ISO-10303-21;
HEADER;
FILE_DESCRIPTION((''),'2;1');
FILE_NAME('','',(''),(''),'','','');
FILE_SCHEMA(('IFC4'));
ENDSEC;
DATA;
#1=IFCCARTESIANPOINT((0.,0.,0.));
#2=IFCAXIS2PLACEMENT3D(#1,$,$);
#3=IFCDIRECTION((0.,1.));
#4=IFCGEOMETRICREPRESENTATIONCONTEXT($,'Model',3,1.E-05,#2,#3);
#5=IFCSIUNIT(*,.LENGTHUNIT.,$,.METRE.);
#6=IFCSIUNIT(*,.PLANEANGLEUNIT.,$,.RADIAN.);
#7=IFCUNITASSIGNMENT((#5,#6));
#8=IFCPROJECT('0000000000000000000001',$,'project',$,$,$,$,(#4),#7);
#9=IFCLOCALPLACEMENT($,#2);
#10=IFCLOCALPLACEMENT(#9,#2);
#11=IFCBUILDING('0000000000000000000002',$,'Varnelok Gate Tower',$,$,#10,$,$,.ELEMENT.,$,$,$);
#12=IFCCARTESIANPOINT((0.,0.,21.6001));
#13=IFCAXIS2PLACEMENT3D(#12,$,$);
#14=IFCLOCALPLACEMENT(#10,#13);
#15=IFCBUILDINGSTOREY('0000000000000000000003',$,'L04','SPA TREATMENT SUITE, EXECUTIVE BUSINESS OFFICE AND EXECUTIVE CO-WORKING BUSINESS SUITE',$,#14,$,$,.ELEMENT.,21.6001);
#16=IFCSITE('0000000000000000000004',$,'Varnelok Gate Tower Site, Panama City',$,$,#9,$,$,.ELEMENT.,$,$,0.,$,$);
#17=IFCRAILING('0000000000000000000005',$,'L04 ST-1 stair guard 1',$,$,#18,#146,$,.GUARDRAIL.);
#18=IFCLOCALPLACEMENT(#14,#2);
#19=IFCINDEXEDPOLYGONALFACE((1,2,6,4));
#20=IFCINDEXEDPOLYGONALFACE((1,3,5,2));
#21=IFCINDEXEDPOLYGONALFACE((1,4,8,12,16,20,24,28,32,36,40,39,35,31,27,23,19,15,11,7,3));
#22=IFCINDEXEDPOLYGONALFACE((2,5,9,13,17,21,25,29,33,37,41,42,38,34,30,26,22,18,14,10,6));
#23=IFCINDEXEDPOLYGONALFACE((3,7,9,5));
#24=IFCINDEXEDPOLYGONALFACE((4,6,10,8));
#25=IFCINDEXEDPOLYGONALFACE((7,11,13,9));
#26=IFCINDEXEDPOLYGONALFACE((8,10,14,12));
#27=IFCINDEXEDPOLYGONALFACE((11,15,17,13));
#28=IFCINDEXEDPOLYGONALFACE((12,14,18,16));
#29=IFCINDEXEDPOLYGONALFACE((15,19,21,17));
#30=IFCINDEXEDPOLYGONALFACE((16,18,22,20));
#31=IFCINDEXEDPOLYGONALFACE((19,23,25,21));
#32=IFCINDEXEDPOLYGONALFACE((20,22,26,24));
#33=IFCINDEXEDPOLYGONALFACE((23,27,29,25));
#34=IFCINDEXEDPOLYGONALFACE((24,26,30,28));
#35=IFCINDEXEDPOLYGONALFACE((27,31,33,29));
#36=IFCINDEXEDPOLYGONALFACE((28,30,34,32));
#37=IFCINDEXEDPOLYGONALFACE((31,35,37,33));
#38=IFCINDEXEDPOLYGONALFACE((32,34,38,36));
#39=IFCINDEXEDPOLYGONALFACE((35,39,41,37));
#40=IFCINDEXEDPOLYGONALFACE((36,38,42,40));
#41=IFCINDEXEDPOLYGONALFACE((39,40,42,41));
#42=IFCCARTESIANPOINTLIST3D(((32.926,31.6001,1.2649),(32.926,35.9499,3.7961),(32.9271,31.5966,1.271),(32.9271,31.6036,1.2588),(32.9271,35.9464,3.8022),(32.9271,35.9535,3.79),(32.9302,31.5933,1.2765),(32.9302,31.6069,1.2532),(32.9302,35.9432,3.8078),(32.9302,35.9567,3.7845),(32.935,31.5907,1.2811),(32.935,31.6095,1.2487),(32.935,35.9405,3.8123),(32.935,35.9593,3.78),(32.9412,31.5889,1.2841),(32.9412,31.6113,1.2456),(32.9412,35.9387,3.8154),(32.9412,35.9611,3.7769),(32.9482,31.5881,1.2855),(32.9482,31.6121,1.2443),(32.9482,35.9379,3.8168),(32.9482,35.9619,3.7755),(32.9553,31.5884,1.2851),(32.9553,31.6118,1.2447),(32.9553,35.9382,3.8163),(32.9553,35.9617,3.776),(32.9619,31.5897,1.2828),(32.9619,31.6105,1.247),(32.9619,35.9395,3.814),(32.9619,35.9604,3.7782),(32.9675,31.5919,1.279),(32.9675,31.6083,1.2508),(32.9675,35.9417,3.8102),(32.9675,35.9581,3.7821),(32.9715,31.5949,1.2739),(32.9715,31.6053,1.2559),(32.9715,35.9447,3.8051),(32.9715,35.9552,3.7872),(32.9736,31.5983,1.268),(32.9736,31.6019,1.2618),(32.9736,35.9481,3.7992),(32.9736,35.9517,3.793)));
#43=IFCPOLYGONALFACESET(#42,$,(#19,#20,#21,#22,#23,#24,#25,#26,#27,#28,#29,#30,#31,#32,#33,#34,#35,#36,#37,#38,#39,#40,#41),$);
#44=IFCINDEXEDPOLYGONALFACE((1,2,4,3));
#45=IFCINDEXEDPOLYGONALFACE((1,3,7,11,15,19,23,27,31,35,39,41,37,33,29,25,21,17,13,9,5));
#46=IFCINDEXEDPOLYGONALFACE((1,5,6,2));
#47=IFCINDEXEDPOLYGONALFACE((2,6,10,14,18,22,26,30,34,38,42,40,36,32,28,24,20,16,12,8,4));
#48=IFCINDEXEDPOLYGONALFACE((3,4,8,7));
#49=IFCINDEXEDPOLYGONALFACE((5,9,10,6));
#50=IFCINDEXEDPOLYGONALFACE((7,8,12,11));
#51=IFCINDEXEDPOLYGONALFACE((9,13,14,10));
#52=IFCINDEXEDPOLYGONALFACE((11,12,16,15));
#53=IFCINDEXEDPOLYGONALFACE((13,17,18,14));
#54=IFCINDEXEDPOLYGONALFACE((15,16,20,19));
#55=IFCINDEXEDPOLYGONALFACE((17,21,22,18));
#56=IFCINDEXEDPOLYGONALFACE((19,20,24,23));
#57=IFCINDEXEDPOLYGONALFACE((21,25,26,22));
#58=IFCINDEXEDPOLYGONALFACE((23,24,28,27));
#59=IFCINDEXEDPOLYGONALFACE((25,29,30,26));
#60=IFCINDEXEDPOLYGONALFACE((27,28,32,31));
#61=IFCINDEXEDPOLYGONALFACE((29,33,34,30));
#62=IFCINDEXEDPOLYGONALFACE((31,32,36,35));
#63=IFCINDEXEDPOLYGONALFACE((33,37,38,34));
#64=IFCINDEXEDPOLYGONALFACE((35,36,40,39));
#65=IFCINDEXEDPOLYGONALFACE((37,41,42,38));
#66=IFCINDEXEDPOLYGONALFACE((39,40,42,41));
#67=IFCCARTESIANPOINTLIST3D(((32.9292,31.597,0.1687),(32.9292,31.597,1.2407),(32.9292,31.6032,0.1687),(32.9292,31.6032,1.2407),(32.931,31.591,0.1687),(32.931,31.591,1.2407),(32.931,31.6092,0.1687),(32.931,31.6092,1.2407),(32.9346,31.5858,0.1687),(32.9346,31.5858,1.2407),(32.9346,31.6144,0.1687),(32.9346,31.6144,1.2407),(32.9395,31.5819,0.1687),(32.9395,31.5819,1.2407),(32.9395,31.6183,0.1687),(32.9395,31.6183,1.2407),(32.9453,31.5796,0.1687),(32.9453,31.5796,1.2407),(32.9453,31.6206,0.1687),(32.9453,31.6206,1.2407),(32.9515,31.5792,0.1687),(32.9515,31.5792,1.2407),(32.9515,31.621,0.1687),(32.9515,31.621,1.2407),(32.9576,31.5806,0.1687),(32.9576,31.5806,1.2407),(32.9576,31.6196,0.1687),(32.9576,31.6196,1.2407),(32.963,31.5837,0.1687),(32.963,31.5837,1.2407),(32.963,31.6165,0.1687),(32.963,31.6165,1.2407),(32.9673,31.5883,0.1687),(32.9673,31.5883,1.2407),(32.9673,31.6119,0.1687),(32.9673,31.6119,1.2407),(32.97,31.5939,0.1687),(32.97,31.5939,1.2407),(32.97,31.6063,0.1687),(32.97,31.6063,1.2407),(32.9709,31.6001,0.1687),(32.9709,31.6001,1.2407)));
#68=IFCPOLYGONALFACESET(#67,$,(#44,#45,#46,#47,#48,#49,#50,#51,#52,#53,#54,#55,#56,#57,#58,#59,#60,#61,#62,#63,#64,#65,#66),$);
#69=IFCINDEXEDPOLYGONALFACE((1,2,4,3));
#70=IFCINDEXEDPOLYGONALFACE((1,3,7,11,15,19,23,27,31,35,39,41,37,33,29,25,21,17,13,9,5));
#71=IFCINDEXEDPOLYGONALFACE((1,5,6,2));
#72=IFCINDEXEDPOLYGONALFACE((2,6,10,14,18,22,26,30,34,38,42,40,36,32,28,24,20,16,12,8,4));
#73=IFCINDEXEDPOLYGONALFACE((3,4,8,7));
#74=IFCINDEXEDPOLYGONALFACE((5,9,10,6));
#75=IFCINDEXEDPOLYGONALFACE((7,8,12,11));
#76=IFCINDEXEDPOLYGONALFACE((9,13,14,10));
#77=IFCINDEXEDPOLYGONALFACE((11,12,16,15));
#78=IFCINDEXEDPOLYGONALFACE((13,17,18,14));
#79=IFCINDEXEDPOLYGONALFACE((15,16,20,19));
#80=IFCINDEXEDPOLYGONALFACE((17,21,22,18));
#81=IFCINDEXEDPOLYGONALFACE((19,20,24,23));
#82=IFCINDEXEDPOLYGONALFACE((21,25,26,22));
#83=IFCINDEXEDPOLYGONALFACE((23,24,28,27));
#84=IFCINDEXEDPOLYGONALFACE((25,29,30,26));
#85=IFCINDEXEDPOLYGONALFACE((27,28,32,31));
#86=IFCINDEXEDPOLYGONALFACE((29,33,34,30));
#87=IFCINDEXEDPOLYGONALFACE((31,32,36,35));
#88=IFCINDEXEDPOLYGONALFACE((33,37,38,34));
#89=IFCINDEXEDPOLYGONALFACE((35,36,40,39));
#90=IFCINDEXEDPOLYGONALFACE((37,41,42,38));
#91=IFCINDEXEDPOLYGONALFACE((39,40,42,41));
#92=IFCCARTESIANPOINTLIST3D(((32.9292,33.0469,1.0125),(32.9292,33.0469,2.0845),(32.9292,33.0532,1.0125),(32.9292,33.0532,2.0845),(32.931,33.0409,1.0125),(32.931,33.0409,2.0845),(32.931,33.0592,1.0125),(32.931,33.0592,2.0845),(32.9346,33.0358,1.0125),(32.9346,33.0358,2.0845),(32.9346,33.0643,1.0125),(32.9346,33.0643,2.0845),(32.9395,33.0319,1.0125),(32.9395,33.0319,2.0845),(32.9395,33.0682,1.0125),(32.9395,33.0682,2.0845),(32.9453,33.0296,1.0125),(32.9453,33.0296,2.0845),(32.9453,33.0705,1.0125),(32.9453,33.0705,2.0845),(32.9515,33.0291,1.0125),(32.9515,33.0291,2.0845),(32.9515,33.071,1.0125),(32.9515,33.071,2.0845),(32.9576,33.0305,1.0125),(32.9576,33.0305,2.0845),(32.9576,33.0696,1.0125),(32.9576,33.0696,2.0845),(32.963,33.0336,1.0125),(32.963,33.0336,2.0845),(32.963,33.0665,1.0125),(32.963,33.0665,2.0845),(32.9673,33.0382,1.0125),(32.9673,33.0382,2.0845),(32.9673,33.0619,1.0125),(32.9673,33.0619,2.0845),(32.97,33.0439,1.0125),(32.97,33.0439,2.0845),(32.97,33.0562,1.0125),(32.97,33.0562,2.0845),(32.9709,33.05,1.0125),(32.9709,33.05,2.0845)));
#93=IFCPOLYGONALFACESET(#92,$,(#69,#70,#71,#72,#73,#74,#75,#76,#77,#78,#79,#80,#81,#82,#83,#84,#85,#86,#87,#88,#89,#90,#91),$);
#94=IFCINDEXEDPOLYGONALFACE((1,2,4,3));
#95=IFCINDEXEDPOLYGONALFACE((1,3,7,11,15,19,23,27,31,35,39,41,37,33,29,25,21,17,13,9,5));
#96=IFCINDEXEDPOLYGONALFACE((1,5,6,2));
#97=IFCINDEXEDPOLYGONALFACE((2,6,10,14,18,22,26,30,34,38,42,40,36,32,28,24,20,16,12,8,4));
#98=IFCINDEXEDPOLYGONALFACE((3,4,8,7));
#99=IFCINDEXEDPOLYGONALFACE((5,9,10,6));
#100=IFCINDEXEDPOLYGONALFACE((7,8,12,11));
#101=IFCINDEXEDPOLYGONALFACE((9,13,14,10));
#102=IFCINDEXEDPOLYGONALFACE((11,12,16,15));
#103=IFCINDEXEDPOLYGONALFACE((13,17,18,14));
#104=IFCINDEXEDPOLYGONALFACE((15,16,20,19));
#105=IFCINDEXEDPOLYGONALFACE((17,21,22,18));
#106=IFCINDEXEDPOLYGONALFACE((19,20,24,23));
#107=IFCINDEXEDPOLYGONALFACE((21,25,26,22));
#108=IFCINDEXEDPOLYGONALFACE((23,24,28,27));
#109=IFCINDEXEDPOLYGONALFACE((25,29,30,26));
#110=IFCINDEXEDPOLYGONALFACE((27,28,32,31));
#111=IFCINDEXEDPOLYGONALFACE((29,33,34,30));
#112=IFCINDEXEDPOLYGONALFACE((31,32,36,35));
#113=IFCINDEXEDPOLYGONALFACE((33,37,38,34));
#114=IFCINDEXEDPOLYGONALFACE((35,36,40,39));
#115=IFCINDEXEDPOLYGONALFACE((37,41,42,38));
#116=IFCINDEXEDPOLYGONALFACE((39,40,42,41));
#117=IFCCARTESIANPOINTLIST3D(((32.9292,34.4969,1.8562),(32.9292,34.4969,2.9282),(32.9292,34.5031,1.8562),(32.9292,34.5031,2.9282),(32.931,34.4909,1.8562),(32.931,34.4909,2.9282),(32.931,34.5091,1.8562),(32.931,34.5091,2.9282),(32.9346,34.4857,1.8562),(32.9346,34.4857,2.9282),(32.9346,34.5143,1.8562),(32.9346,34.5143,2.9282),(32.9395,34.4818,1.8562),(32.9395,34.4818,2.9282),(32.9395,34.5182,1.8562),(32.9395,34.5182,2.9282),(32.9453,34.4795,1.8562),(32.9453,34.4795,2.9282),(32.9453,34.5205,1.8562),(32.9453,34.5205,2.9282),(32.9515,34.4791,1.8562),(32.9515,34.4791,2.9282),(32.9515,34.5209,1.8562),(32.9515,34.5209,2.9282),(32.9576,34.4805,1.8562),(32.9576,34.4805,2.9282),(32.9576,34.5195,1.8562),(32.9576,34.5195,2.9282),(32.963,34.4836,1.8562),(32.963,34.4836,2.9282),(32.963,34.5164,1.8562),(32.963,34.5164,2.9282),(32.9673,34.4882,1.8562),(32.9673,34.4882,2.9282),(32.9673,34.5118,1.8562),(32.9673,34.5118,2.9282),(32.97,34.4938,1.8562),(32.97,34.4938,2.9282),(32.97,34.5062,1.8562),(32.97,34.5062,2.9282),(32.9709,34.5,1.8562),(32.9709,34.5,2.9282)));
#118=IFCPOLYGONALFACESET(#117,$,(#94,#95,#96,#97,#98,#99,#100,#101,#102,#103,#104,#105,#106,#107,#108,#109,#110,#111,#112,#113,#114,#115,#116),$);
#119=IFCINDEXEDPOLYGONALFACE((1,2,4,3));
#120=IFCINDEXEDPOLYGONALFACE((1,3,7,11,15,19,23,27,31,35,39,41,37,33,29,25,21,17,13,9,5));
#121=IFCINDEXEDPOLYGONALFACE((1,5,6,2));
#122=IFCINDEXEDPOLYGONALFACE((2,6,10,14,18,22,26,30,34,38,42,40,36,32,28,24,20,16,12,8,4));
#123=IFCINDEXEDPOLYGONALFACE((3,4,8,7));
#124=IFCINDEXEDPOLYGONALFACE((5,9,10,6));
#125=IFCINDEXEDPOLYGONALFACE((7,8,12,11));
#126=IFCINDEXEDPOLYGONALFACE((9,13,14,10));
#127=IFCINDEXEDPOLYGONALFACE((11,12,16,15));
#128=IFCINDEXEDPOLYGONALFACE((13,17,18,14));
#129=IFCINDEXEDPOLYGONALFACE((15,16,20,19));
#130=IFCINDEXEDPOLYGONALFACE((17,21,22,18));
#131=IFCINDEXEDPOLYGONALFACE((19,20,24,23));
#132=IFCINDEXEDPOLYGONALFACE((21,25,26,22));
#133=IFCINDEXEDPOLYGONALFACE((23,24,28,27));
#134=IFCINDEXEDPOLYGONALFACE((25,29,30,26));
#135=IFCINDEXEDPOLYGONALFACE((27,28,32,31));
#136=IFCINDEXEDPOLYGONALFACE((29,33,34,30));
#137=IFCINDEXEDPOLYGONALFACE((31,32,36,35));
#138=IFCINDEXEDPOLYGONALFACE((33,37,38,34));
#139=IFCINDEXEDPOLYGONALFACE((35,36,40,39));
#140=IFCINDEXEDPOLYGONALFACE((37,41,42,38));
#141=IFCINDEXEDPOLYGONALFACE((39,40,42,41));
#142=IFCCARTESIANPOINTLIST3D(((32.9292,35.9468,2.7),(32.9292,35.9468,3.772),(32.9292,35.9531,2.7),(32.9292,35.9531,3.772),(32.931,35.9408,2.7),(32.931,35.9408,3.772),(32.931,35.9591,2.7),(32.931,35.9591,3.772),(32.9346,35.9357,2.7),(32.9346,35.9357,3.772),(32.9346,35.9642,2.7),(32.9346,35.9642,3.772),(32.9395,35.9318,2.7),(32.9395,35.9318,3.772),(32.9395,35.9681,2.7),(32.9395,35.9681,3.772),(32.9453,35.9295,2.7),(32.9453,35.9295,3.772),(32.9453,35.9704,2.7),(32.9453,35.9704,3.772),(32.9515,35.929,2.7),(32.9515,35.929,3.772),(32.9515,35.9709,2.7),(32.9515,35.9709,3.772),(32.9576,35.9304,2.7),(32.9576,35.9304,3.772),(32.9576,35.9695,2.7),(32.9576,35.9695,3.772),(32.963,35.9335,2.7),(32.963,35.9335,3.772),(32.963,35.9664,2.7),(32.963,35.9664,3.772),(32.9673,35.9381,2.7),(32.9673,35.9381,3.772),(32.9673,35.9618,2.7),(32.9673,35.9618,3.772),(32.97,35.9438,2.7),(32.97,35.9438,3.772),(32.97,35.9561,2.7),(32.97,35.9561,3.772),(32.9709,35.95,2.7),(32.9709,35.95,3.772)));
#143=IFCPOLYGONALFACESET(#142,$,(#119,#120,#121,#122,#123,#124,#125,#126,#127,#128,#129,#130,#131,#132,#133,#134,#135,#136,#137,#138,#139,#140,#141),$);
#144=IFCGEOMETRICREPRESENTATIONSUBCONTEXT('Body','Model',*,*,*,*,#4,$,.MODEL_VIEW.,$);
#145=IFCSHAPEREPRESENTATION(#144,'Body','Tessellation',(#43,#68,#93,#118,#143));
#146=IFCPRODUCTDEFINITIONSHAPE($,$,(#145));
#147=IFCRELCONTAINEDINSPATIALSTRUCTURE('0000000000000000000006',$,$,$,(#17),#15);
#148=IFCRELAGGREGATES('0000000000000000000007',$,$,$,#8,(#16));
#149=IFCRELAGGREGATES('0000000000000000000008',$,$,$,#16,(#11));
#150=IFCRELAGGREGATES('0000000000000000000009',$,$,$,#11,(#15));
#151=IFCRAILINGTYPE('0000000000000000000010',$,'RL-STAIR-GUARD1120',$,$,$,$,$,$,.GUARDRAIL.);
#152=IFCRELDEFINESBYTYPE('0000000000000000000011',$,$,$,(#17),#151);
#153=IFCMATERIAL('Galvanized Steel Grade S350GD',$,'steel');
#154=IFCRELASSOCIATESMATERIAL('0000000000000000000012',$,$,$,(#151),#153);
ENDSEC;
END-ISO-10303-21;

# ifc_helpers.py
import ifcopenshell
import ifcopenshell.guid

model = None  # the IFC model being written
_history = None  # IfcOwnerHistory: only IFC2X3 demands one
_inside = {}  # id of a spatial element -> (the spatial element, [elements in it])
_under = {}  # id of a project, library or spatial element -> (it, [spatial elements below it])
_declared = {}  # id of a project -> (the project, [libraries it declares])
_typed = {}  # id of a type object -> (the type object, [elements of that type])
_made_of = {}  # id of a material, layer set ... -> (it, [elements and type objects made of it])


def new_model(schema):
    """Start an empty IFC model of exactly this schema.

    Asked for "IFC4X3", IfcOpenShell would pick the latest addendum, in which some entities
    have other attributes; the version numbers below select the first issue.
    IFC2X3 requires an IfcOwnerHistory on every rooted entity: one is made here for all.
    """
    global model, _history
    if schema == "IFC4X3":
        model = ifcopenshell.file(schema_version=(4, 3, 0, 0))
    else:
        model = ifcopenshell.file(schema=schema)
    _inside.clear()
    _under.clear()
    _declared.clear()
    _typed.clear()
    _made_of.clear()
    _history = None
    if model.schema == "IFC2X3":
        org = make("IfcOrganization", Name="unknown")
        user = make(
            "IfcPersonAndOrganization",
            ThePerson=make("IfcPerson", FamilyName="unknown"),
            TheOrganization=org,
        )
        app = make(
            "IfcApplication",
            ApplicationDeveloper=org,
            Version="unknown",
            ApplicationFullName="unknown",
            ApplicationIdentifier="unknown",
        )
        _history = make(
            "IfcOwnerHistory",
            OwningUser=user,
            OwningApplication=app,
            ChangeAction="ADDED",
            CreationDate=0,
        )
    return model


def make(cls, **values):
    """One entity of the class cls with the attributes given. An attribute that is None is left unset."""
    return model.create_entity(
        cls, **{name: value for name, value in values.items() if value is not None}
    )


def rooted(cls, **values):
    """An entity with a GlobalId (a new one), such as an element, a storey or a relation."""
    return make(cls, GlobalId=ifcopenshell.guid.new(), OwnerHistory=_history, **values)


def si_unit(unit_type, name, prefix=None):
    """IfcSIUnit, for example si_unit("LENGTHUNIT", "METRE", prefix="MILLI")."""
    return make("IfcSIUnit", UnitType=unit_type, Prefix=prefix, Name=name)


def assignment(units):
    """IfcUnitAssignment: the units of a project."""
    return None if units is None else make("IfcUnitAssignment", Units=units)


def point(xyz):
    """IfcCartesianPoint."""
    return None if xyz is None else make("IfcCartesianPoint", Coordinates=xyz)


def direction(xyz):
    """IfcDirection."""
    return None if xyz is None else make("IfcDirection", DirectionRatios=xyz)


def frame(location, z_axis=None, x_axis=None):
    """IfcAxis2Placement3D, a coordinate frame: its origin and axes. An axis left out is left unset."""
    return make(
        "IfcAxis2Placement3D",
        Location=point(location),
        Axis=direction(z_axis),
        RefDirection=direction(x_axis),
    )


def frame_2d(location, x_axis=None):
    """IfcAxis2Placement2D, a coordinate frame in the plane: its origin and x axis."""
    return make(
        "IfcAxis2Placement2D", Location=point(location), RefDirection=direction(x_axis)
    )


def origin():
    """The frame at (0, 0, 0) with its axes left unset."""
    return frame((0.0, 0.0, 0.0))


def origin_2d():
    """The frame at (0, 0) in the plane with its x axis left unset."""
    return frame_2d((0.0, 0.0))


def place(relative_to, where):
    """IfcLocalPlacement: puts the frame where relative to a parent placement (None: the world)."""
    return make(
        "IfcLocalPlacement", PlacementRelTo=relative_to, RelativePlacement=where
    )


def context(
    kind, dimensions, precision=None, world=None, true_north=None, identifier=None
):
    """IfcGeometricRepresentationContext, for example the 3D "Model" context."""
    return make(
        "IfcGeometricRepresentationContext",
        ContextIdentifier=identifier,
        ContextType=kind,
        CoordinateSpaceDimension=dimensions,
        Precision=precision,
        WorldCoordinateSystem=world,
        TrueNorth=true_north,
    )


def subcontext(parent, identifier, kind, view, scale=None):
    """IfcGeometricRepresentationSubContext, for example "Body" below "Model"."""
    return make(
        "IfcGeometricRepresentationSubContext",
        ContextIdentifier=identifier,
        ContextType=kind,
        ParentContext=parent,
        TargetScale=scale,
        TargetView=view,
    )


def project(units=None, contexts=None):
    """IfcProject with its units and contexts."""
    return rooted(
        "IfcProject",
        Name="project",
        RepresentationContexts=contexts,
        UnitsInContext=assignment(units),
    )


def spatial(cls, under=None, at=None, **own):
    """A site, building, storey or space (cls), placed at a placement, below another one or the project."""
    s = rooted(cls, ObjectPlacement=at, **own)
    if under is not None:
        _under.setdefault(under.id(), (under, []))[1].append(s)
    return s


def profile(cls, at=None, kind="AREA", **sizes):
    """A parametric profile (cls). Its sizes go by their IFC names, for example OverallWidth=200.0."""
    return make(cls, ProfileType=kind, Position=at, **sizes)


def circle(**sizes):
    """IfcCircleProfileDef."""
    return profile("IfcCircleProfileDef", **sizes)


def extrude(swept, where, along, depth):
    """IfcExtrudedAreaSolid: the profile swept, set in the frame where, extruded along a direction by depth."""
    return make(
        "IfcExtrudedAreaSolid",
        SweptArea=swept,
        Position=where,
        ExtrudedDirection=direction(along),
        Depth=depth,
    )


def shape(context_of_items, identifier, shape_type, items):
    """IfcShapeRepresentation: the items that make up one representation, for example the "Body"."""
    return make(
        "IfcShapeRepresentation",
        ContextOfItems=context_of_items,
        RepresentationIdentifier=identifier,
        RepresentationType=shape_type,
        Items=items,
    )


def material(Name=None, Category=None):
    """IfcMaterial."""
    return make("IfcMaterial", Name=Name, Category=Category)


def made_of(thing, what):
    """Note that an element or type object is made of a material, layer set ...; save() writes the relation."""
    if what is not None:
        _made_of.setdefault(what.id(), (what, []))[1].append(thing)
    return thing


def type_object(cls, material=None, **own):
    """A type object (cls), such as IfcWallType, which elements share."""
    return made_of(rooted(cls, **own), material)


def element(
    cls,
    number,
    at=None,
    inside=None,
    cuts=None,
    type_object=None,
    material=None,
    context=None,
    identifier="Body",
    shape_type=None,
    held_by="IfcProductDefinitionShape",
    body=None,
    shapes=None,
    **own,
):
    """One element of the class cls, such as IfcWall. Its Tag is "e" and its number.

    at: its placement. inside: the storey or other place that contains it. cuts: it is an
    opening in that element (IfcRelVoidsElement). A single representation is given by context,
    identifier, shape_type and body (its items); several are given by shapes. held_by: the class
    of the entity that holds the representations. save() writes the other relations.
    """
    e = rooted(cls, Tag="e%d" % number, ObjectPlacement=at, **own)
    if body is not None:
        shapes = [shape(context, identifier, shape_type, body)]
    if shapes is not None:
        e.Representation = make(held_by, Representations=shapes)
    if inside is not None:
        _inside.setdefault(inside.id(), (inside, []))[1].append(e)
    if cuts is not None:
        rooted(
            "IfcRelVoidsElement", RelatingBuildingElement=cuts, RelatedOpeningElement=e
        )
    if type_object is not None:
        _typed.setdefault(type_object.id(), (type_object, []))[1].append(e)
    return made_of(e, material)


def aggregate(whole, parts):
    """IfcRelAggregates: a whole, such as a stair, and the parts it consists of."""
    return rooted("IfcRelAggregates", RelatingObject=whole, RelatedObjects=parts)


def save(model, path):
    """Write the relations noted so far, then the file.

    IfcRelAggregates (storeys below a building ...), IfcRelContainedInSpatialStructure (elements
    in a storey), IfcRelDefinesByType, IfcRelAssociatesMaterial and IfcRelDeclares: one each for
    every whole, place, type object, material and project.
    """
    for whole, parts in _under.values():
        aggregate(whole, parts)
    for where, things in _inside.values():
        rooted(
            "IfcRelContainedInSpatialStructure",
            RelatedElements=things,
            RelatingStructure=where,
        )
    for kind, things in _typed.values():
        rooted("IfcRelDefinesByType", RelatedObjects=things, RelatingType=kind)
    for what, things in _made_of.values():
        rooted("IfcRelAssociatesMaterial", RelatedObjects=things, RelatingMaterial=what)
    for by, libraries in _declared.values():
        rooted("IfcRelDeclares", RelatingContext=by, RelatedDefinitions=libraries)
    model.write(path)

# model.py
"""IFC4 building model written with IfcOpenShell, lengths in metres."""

from ifc_helpers import new_model, si_unit, direction, frame, origin, origin_2d, place, context, subcontext, project, spatial, circle, extrude, material, type_object, element, save


model = new_model("IFC4")

# Units and contexts
model_context = context("Model", 3, precision=1e-05, world=origin(), true_north=direction((0.0, 1.0)))
body_context = subcontext(model_context, "Body", "Model", "MODEL_VIEW")
ifc_project = project(units=[si_unit("LENGTHUNIT", "METRE"), si_unit("PLANEANGLEUNIT", "RADIAN")], contexts=[model_context])

# Site, building, storey
site_placement = place(None, origin())
site = spatial("IfcSite", under=ifc_project, at=site_placement, Name="Varnelok Gate Tower Site, Panama City", CompositionType="ELEMENT", RefElevation=0.0)
building_placement = place(site_placement, origin())
building = spatial("IfcBuilding", under=site, at=building_placement, Name="Varnelok Gate Tower", CompositionType="ELEMENT")
storey_placement = place(building_placement, frame((0.0, 0.0, 21.6001)))
storey = spatial("IfcBuildingStorey", under=building, at=storey_placement, Name="L04", Description="SPA TREATMENT SUITE, EXECUTIVE BUSINESS OFFICE AND EXECUTIVE CO-WORKING BUSINESS SUITE", CompositionType="ELEMENT", Elevation=21.6001)

# Shared definitions
ifc_material_1 = material(Name="Galvanized Steel Grade S350GD", Category="steel")

# Railing
railing_type = type_object("IfcRailingType", Name="RL-STAIR-GUARD1120", PredefinedType="GUARDRAIL", material=ifc_material_1)
railing_1_placement = place(storey_placement, frame((32.95, 31.6001, 0.1687)))
element("IfcRailing", 1, at=railing_1_placement, inside=storey, type_object=railing_type, Name="L04 ST-1 stair guard 1", PredefinedType="GUARDRAIL", context=body_context, shape_type="SweptSolid", body=[
    extrude(circle(Radius=0.0239, at=origin_2d()), frame((0.0, 0.0, 1.0962), z_axis=(0.0, 0.864312, 0.502957), x_axis=(-1.0, 0.0, 0.0)), (0.0, 0.0, 1.0), 5.0327),
    extrude(circle(Radius=0.021, at=origin_2d()), origin(), (0.0, 0.0, 1.0), 1.072),
    extrude(circle(Radius=0.021, at=origin_2d()), frame((0.0, 1.45, 0.8438)), (0.0, 0.0, 1.0), 1.072),
    extrude(circle(Radius=0.021, at=origin_2d()), frame((0.0, 2.8999, 1.6875)), (0.0, 0.0, 1.0), 1.072),
    extrude(circle(Radius=0.021, at=origin_2d()), frame((0.0, 4.3499, 2.5312)), (0.0, 0.0, 1.0), 1.072),
])

save(model, "model.ifc")
